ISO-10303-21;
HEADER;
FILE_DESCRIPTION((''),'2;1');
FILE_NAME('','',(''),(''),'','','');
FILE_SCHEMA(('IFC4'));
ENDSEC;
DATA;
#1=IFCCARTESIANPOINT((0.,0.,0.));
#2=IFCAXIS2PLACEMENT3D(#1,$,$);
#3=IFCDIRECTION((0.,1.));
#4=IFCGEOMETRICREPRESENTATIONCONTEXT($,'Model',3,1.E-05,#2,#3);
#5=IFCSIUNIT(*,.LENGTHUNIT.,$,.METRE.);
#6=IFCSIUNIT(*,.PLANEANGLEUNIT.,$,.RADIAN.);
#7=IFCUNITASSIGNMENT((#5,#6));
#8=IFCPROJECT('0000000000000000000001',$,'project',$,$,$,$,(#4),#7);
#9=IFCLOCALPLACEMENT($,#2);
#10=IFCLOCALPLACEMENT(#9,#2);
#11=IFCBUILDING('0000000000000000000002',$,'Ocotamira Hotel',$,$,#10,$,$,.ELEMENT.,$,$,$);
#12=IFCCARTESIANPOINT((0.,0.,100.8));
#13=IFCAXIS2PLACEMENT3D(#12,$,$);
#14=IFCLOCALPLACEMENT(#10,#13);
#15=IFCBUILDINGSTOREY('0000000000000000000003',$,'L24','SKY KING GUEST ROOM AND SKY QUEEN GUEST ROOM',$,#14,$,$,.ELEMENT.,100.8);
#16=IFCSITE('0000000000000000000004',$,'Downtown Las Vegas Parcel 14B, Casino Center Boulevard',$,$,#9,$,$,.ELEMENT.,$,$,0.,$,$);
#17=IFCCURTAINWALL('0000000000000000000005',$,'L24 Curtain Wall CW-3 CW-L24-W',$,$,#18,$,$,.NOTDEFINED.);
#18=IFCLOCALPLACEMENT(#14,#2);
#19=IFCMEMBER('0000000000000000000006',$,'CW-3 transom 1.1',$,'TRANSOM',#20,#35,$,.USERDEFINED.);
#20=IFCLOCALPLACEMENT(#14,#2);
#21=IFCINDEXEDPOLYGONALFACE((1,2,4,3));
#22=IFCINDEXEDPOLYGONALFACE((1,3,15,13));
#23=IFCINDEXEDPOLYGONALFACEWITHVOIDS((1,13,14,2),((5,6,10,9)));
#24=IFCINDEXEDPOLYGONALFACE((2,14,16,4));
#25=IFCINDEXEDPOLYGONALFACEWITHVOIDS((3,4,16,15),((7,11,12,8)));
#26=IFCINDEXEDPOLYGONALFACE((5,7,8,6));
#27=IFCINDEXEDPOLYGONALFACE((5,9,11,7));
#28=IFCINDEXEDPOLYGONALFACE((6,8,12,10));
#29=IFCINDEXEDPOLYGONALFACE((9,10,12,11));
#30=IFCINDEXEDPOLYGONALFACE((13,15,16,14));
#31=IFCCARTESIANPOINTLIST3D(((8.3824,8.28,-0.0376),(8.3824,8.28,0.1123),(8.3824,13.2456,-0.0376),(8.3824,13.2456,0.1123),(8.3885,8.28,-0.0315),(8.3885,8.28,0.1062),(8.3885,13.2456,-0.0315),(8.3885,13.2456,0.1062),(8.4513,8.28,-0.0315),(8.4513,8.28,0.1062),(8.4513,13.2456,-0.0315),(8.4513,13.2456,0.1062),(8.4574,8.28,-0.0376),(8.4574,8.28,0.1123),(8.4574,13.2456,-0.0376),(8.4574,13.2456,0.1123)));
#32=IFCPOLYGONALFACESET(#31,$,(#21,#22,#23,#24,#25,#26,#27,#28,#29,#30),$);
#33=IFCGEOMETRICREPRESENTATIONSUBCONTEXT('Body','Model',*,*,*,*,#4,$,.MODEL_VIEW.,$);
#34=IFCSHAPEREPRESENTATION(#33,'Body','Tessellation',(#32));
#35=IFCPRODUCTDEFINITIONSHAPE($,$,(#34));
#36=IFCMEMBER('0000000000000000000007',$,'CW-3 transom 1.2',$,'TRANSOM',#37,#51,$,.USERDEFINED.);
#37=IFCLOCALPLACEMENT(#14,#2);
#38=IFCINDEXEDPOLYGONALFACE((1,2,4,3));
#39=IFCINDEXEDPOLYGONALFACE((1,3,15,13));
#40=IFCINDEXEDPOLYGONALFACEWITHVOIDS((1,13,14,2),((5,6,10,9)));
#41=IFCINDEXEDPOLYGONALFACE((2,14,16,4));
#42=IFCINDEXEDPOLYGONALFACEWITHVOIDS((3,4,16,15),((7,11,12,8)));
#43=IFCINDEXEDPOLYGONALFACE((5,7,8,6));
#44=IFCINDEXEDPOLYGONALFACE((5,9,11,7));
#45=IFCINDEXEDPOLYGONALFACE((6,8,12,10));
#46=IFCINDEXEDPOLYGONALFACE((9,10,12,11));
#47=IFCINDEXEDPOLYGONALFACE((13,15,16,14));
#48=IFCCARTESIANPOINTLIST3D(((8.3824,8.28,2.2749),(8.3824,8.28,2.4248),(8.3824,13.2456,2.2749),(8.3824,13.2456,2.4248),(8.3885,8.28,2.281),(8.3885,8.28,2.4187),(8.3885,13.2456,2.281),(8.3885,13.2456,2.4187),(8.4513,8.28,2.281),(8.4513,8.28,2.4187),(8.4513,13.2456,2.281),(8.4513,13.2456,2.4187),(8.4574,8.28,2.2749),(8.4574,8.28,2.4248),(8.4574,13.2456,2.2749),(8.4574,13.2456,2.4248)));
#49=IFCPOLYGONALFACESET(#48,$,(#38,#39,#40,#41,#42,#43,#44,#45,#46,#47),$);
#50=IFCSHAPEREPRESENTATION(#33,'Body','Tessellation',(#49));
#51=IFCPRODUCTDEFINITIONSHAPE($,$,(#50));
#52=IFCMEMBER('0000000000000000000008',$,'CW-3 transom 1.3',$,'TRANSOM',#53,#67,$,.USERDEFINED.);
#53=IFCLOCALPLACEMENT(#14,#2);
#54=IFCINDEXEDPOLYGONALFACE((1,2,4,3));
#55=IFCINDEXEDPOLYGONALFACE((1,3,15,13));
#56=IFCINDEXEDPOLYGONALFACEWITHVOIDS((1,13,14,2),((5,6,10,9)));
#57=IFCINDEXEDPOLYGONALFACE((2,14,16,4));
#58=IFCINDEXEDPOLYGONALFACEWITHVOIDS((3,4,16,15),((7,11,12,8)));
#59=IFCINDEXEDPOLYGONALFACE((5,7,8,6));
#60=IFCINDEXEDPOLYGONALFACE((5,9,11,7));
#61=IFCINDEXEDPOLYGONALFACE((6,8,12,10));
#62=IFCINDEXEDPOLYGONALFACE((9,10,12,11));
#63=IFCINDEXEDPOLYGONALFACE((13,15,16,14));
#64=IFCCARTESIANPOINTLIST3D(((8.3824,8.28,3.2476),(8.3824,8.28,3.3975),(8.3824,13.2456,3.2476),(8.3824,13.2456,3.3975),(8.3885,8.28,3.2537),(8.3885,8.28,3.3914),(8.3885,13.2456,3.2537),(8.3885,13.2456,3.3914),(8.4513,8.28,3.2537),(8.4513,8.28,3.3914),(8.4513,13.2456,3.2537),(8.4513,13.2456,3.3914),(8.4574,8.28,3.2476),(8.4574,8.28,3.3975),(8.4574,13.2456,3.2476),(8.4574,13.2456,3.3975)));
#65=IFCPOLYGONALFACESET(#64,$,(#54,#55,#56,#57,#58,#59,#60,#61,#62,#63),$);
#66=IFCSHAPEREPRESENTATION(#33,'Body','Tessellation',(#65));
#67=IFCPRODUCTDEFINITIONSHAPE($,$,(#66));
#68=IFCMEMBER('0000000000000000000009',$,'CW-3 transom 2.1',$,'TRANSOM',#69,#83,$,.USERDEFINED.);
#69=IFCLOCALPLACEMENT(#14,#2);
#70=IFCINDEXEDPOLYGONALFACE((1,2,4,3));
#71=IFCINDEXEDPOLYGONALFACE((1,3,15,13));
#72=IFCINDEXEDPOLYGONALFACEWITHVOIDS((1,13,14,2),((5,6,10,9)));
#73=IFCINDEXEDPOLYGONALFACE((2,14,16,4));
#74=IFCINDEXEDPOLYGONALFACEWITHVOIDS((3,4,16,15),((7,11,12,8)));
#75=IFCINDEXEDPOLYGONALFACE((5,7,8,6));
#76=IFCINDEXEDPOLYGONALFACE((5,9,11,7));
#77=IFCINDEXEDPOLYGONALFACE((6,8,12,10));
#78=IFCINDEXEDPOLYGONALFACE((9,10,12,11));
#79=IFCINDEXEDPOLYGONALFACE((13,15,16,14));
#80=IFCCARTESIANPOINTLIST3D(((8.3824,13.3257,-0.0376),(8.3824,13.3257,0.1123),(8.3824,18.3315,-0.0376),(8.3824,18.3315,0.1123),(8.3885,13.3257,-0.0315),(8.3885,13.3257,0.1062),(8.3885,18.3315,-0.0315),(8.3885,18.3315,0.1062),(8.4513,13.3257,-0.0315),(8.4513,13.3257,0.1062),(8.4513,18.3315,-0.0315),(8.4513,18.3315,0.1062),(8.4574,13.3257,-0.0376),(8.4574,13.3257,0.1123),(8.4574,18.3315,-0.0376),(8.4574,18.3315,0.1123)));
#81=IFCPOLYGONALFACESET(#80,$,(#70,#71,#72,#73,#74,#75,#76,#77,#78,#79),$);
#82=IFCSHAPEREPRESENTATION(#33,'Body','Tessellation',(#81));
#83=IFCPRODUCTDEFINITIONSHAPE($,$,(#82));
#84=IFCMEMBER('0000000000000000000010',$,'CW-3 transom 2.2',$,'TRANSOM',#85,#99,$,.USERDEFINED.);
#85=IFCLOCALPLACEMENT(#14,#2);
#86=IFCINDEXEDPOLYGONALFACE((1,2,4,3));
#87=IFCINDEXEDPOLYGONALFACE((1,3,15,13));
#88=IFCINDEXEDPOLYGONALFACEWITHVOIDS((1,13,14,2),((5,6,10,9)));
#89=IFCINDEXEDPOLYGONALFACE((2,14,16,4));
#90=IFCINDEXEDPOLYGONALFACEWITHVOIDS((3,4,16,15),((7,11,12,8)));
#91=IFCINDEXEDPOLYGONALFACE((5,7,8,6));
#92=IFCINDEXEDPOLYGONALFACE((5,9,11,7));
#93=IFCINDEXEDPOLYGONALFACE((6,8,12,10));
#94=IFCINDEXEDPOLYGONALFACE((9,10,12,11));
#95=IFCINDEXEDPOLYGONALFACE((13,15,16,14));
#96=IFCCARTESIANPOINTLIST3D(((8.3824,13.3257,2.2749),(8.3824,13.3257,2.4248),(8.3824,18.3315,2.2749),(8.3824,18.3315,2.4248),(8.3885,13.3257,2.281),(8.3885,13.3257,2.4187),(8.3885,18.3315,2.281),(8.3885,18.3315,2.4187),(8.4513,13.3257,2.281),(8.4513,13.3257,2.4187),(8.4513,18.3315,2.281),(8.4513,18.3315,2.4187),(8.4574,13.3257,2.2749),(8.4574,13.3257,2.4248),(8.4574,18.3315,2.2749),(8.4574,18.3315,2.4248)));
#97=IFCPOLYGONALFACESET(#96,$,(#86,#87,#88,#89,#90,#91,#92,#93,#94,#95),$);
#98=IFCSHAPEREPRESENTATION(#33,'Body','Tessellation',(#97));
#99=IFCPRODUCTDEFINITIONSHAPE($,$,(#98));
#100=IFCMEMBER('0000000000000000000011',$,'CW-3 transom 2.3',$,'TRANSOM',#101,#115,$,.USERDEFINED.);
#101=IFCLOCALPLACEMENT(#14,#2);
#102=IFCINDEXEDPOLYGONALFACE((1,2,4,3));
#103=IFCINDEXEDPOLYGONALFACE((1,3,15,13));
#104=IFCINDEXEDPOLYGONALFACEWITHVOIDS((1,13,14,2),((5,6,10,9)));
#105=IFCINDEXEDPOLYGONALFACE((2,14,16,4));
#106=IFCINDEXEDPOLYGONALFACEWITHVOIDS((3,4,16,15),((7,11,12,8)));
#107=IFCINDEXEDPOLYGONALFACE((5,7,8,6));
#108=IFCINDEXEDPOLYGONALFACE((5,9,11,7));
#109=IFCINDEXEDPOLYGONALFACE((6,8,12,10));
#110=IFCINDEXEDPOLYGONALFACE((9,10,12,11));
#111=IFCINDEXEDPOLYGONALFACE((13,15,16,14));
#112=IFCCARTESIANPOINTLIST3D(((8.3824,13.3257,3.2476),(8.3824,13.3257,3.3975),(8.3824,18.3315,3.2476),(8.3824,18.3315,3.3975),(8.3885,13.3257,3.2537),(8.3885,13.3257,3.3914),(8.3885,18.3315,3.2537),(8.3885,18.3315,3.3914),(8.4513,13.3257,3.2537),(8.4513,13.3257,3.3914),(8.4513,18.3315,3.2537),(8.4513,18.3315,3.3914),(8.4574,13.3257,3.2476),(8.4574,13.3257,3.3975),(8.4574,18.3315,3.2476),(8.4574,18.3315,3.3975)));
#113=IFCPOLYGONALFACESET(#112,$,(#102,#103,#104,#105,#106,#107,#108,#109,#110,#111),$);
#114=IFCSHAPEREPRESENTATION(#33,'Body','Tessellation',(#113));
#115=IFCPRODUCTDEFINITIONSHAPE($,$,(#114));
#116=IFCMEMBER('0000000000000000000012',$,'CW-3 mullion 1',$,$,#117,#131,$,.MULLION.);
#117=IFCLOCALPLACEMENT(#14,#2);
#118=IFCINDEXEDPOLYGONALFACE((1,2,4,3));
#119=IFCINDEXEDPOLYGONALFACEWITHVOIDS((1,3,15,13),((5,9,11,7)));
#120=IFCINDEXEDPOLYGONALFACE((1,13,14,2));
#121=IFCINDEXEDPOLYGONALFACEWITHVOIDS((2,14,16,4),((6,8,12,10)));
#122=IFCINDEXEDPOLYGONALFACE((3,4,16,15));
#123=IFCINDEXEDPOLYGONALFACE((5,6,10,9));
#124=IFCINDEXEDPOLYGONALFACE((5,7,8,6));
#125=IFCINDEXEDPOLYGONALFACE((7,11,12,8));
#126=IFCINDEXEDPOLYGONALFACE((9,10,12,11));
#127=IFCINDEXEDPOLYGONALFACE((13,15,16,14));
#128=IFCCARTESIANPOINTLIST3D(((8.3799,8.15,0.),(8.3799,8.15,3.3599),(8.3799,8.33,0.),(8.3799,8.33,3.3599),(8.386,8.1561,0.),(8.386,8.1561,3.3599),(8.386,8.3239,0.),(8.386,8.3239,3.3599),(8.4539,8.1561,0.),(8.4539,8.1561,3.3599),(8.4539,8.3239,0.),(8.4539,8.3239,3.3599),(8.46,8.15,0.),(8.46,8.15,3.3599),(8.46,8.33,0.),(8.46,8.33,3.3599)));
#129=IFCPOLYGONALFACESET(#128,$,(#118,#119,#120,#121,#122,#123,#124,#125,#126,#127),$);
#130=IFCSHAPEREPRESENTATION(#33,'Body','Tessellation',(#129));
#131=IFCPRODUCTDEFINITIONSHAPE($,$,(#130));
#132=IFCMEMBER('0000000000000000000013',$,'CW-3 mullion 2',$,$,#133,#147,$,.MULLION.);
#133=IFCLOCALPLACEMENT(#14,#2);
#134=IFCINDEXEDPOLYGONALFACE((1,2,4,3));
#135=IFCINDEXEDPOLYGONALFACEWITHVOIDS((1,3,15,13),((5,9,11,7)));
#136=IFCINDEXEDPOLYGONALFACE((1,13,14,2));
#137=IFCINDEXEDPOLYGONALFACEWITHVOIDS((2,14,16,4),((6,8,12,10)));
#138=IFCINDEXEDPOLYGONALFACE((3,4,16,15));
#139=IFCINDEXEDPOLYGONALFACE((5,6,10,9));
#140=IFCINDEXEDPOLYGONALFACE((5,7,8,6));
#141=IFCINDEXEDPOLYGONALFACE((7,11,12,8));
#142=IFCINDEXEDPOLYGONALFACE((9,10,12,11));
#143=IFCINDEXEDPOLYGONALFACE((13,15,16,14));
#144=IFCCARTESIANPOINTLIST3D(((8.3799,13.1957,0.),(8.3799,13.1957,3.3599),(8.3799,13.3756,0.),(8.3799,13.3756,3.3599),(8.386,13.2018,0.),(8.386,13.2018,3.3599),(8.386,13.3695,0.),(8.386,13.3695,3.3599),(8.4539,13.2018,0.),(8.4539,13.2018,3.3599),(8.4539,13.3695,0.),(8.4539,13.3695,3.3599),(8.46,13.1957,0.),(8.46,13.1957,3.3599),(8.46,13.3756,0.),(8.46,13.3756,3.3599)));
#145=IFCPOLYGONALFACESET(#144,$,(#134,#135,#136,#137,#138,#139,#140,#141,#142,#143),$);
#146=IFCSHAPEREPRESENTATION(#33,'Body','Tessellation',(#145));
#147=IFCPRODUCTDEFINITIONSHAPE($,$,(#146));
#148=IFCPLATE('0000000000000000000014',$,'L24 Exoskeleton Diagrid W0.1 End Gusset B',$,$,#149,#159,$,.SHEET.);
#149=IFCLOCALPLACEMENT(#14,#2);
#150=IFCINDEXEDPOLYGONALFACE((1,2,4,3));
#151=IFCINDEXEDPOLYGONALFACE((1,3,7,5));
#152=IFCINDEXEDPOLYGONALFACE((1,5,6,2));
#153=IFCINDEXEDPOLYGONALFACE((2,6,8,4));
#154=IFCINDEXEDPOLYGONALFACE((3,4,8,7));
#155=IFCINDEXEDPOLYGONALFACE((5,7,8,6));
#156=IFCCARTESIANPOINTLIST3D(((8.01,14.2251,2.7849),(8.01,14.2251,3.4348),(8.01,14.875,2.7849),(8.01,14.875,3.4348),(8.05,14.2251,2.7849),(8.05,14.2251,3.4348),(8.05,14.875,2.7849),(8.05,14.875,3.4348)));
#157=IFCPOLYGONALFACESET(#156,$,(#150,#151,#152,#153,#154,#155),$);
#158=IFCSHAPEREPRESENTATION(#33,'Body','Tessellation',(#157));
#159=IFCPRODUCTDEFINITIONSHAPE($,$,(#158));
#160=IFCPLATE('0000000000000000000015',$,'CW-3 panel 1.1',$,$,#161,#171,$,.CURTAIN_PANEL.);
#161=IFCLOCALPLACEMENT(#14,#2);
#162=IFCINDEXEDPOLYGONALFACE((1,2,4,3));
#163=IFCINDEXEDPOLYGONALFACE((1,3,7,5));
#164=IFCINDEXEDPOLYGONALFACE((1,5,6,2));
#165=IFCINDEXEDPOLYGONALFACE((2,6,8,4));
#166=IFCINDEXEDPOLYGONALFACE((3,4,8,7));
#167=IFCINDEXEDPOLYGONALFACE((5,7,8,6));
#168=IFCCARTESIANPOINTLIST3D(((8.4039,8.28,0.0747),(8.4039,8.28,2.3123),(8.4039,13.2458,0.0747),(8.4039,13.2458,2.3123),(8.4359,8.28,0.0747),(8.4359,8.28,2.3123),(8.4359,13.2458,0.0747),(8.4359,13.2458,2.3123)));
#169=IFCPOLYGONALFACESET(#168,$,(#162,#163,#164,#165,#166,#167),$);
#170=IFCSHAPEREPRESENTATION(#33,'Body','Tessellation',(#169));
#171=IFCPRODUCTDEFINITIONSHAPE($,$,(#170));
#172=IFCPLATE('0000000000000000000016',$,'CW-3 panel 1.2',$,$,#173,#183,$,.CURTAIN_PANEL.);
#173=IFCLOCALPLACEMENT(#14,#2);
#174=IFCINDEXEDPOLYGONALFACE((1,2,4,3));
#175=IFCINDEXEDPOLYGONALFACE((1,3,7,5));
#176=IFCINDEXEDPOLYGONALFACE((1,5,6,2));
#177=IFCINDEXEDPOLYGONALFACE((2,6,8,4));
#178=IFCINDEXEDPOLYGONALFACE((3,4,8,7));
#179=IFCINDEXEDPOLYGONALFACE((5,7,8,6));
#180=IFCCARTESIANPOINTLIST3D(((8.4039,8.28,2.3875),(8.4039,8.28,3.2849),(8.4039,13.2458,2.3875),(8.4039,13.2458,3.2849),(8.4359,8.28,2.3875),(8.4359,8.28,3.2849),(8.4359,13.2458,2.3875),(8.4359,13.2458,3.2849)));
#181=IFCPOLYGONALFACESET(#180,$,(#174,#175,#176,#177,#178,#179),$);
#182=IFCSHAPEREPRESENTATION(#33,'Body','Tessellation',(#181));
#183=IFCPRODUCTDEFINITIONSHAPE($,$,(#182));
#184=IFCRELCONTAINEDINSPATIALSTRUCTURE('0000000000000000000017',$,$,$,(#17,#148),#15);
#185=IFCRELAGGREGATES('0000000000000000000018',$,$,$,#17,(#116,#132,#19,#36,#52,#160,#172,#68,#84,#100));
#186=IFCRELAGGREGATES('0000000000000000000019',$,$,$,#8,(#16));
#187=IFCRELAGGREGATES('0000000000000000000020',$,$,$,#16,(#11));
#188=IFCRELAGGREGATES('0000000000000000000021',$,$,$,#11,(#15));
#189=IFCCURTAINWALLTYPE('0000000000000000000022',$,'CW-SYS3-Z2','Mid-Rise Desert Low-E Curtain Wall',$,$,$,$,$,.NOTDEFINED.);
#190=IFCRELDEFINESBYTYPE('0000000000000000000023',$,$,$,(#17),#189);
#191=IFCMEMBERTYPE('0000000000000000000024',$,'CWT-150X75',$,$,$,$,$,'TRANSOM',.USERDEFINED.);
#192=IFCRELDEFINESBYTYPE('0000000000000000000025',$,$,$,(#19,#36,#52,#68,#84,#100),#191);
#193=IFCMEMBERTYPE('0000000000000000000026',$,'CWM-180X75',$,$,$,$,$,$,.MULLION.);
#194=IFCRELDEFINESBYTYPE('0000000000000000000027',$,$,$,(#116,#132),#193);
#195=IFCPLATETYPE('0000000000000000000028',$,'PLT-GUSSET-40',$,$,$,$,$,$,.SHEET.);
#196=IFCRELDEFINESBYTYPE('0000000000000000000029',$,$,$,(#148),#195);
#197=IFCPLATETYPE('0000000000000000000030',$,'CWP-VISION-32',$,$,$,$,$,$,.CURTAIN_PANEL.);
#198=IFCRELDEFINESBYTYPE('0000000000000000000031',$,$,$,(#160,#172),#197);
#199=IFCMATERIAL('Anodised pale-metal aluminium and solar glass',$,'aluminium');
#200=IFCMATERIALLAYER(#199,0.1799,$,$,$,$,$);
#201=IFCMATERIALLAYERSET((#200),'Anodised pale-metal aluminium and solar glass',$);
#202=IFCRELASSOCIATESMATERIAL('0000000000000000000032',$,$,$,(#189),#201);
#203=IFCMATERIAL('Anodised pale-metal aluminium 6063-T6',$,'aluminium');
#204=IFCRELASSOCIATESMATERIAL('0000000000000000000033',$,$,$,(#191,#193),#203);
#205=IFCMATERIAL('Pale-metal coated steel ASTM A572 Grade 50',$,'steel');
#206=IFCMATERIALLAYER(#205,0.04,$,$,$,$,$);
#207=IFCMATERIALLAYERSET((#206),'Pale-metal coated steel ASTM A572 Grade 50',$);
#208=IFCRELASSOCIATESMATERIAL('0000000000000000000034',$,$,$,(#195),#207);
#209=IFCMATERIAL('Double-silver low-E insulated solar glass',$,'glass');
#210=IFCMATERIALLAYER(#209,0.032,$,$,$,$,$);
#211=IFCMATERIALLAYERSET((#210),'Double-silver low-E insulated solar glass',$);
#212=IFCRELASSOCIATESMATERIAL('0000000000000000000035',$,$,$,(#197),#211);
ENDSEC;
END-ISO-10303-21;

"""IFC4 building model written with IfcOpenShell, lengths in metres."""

from ifc_helpers import new_model, si_unit, direction, frame, origin, origin_2d, place, context, subcontext, project, spatial, rectangle, hollow_rectangle, extrude, source, transform, mapped, material, layer, layer_set, material_profile, profile_set, type_object, element, aggregate, save


model = new_model("IFC4")

# Units and contexts
model_context = context("Model", 3, precision=1e-05, world=origin(), true_north=direction((0.0, 1.0)))
body_context = subcontext(model_context, "Body", "Model", "MODEL_VIEW")
ifc_project = project(units=[si_unit("LENGTHUNIT", "METRE"), si_unit("PLANEANGLEUNIT", "RADIAN")], contexts=[model_context])

# Site, building, storey
site_placement = place(None, origin())
site = spatial("IfcSite", under=ifc_project, at=site_placement, Name="Downtown Las Vegas Parcel 14B, Casino Center Boulevard", CompositionType="ELEMENT", RefElevation=0.0)
building_placement = place(site_placement, origin())
building = spatial("IfcBuilding", under=site, at=building_placement, Name="Ocotamira Hotel", CompositionType="ELEMENT")
storey_placement = place(building_placement, frame((0.0, 0.0, 100.8)))
storey = spatial("IfcBuildingStorey", under=building, at=storey_placement, Name="L24", Description="SKY KING GUEST ROOM AND SKY QUEEN GUEST ROOM", CompositionType="ELEMENT", Elevation=100.8)

# Curtain wall, members
ifc_material_1 = material(Name="Anodised pale-metal aluminium and solar glass", Category="aluminium")
ifc_layer_1 = layer(ifc_material_1, 0.1799)
ifc_layer_set_1 = layer_set([ifc_layer_1], Name="Anodised pale-metal aluminium and solar glass")
curtain_wall_type = type_object("IfcCurtainWallType", Name="CW-SYS3-Z2", Description="Mid-Rise Desert Low-E Curtain Wall", PredefinedType="NOTDEFINED", material=ifc_layer_set_1)
curtain_wall_placement = place(storey_placement, origin())
curtain_wall = element("IfcCurtainWall", 1, at=curtain_wall_placement, inside=storey, type_object=curtain_wall_type, Name="L24 Curtain Wall CW-3 CW-L24-W", PredefinedType="NOTDEFINED")
ifc_material_2 = material(Name="Anodised pale-metal aluminium 6063-T6", Category="aluminium")
ifc_material_profile_1 = material_profile(ifc_material_2, hollow_rectangle(XDim=0.075, YDim=0.1499, WallThickness=0.0061, at=origin_2d()), Name="HSS150X75X6")
ifc_profile_set_1 = profile_set([ifc_material_profile_1], Name="Anodised pale-metal aluminium 6063-T6")
member_type_1 = type_object("IfcMemberType", Name="CWT-150X75", ElementType="TRANSOM", PredefinedType="USERDEFINED", material=ifc_profile_set_1)
shared_shape_1 = source(origin(), body_context, "Body", "SweptSolid", [
    extrude(hollow_rectangle(XDim=0.075, YDim=0.1499, WallThickness=0.0061, at=origin_2d()), origin(), (0.0, 0.0, 1.0), 4.9656),
])
member_1_placement = place(storey_placement, frame((8.4199, 8.28, 0.0374), z_axis=(0.0, 1.0, 0.0), x_axis=(-1.0, 0.0, 0.0)))
member_1 = element("IfcMember", 2, at=member_1_placement, type_object=member_type_1, Name="CW-3 transom 1.1", ObjectType="TRANSOM", PredefinedType="USERDEFINED", context=body_context, shape_type="MappedRepresentation", body=[
    mapped(shared_shape_1, transform((0.0, 0.0, 0.0), scale=1.0)),
])
member_2_placement = place(storey_placement, frame((8.4199, 8.28, 2.3499), z_axis=(0.0, 1.0, 0.0), x_axis=(-1.0, 0.0, 0.0)))
member_2 = element("IfcMember", 3, at=member_2_placement, type_object=member_type_1, Name="CW-3 transom 1.2", ObjectType="TRANSOM", PredefinedType="USERDEFINED", context=body_context, shape_type="MappedRepresentation", body=[
    mapped(shared_shape_1, transform((0.0, 0.0, 0.0), scale=1.0)),
])
member_3_placement = place(storey_placement, frame((8.4199, 8.28, 3.3225), z_axis=(0.0, 1.0, 0.0), x_axis=(-1.0, 0.0, 0.0)))
member_3 = element("IfcMember", 4, at=member_3_placement, type_object=member_type_1, Name="CW-3 transom 1.3", ObjectType="TRANSOM", PredefinedType="USERDEFINED", context=body_context, shape_type="MappedRepresentation", body=[
    mapped(shared_shape_1, transform((0.0, 0.0, 0.0), scale=1.0)),
])
shared_shape_2 = source(origin(), body_context, "Body", "SweptSolid", [
    extrude(hollow_rectangle(XDim=0.075, YDim=0.1499, WallThickness=0.0061, at=origin_2d()), origin(), (0.0, 0.0, 1.0), 5.0059),
])
member_4_placement = place(storey_placement, frame((8.4199, 13.3257, 0.0374), z_axis=(0.0, 1.0, 0.0), x_axis=(-1.0, 0.0, 0.0)))
member_4 = element("IfcMember", 5, at=member_4_placement, type_object=member_type_1, Name="CW-3 transom 2.1", ObjectType="TRANSOM", PredefinedType="USERDEFINED", context=body_context, shape_type="MappedRepresentation", body=[
    mapped(shared_shape_2, transform((0.0, 0.0, 0.0), scale=1.0)),
])
member_5_placement = place(storey_placement, frame((8.4199, 13.3257, 2.3499), z_axis=(0.0, 1.0, 0.0), x_axis=(-1.0, 0.0, 0.0)))
member_5 = element("IfcMember", 6, at=member_5_placement, type_object=member_type_1, Name="CW-3 transom 2.2", ObjectType="TRANSOM", PredefinedType="USERDEFINED", context=body_context, shape_type="MappedRepresentation", body=[
    mapped(shared_shape_2, transform((0.0, 0.0, 0.0), scale=1.0)),
])
member_6_placement = place(storey_placement, frame((8.4199, 13.3257, 3.3225), z_axis=(0.0, 1.0, 0.0), x_axis=(-1.0, 0.0, 0.0)))
member_6 = element("IfcMember", 7, at=member_6_placement, type_object=member_type_1, Name="CW-3 transom 2.3", ObjectType="TRANSOM", PredefinedType="USERDEFINED", context=body_context, shape_type="MappedRepresentation", body=[
    mapped(shared_shape_2, transform((0.0, 0.0, 0.0), scale=1.0)),
])
ifc_material_profile_2 = material_profile(ifc_material_2, hollow_rectangle(XDim=0.0801, YDim=0.1799, WallThickness=0.0061, at=origin_2d()), Name="HSS180X80X6")
ifc_profile_set_2 = profile_set([ifc_material_profile_2], Name="Anodised pale-metal aluminium 6063-T6")
member_type_2 = type_object("IfcMemberType", Name="CWM-180X75", PredefinedType="MULLION", material=ifc_profile_set_2)
shared_shape_3 = source(origin(), body_context, "Body", "SweptSolid", [
    extrude(hollow_rectangle(XDim=0.0801, YDim=0.1799, WallThickness=0.0061, at=origin_2d()), origin(), (0.0, 0.0, 1.0), 3.3599),
])
member_7_placement = place(storey_placement, frame((8.4199, 8.24, 0.0), z_axis=(0.0, 0.0, 1.0), x_axis=(-1.0, 0.0, 0.0)))
member_7 = element("IfcMember", 8, at=member_7_placement, type_object=member_type_2, Name="CW-3 mullion 1", PredefinedType="MULLION", context=body_context, shape_type="MappedRepresentation", body=[
    mapped(shared_shape_3, transform((0.0, 0.0, 0.0), scale=1.0)),
])
member_8_placement = place(storey_placement, frame((8.4199, 13.2856, 0.0), z_axis=(0.0, 0.0, 1.0), x_axis=(-1.0, 0.0, 0.0)))
member_8 = element("IfcMember", 9, at=member_8_placement, type_object=member_type_2, Name="CW-3 mullion 2", PredefinedType="MULLION", context=body_context, shape_type="MappedRepresentation", body=[
    mapped(shared_shape_3, transform((0.0, 0.0, 0.0), scale=1.0)),
])

# Plates
ifc_material_3 = material(Name="Pale-metal coated steel ASTM A572 Grade 50", Category="steel")
ifc_layer_2 = layer(ifc_material_3, 0.04)
ifc_layer_set_2 = layer_set([ifc_layer_2], Name="Pale-metal coated steel ASTM A572 Grade 50")
plate_type_1 = type_object("IfcPlateType", Name="PLT-GUSSET-40", PredefinedType="SHEET", material=ifc_layer_set_2)
shared_shape_4 = source(origin(), body_context, "Body", "SweptSolid", [
    extrude(rectangle(XDim=0.04, YDim=0.6499, at=origin_2d()), origin(), (0.0, 0.0, 1.0), 0.6499),
])
plate_1_placement = place(storey_placement, frame((8.03, 14.55, 2.7849), z_axis=(0.0, 0.0, 1.0), x_axis=(1.0, 0.0, 0.0)))
element("IfcPlate", 10, at=plate_1_placement, inside=storey, type_object=plate_type_1, Name="L24 Exoskeleton Diagrid W0.1 End Gusset B", PredefinedType="SHEET", context=body_context, shape_type="MappedRepresentation", body=[
    mapped(shared_shape_4, transform((0.0, 0.0, 0.0), scale=1.0)),
])
ifc_material_4 = material(Name="Double-silver low-E insulated solar glass", Category="glass")
ifc_layer_3 = layer(ifc_material_4, 0.032)
ifc_layer_set_3 = layer_set([ifc_layer_3], Name="Double-silver low-E insulated solar glass")
plate_type_2 = type_object("IfcPlateType", Name="CWP-VISION-32", PredefinedType="CURTAIN_PANEL", material=ifc_layer_set_3)
shared_shape_5 = source(origin(), body_context, "Body", "SweptSolid", [
    extrude(rectangle(XDim=4.9658, YDim=0.032, at=origin_2d()), origin(), (0.0, 0.0, 1.0), 2.2375),
])
plate_2_placement = place(storey_placement, frame((8.4199, 10.7629, 0.0747), z_axis=(0.0, 0.0, 1.0), x_axis=(0.0, 1.0, 0.0)))
plate_2 = element("IfcPlate", 11, at=plate_2_placement, type_object=plate_type_2, Name="CW-3 panel 1.1", PredefinedType="CURTAIN_PANEL", context=body_context, shape_type="MappedRepresentation", body=[
    mapped(shared_shape_5, transform((0.0, 0.0, 0.0), scale=1.0)),
])
shared_shape_6 = source(origin(), body_context, "Body", "SweptSolid", [
    extrude(rectangle(XDim=4.9658, YDim=0.032, at=origin_2d()), origin(), (0.0, 0.0, 1.0), 0.8975),
])
plate_3_placement = place(storey_placement, frame((8.4199, 10.7629, 2.3875), z_axis=(0.0, 0.0, 1.0), x_axis=(0.0, 1.0, 0.0)))
plate_3 = element("IfcPlate", 12, at=plate_3_placement, type_object=plate_type_2, Name="CW-3 panel 1.2", PredefinedType="CURTAIN_PANEL", context=body_context, shape_type="MappedRepresentation", body=[
    mapped(shared_shape_6, transform((0.0, 0.0, 0.0), scale=1.0)),
])
aggregate(curtain_wall, [member_7, member_8, member_1, member_2, member_3, plate_2, plate_3, member_4, member_5, member_6])

save(model, "model.ifc")
